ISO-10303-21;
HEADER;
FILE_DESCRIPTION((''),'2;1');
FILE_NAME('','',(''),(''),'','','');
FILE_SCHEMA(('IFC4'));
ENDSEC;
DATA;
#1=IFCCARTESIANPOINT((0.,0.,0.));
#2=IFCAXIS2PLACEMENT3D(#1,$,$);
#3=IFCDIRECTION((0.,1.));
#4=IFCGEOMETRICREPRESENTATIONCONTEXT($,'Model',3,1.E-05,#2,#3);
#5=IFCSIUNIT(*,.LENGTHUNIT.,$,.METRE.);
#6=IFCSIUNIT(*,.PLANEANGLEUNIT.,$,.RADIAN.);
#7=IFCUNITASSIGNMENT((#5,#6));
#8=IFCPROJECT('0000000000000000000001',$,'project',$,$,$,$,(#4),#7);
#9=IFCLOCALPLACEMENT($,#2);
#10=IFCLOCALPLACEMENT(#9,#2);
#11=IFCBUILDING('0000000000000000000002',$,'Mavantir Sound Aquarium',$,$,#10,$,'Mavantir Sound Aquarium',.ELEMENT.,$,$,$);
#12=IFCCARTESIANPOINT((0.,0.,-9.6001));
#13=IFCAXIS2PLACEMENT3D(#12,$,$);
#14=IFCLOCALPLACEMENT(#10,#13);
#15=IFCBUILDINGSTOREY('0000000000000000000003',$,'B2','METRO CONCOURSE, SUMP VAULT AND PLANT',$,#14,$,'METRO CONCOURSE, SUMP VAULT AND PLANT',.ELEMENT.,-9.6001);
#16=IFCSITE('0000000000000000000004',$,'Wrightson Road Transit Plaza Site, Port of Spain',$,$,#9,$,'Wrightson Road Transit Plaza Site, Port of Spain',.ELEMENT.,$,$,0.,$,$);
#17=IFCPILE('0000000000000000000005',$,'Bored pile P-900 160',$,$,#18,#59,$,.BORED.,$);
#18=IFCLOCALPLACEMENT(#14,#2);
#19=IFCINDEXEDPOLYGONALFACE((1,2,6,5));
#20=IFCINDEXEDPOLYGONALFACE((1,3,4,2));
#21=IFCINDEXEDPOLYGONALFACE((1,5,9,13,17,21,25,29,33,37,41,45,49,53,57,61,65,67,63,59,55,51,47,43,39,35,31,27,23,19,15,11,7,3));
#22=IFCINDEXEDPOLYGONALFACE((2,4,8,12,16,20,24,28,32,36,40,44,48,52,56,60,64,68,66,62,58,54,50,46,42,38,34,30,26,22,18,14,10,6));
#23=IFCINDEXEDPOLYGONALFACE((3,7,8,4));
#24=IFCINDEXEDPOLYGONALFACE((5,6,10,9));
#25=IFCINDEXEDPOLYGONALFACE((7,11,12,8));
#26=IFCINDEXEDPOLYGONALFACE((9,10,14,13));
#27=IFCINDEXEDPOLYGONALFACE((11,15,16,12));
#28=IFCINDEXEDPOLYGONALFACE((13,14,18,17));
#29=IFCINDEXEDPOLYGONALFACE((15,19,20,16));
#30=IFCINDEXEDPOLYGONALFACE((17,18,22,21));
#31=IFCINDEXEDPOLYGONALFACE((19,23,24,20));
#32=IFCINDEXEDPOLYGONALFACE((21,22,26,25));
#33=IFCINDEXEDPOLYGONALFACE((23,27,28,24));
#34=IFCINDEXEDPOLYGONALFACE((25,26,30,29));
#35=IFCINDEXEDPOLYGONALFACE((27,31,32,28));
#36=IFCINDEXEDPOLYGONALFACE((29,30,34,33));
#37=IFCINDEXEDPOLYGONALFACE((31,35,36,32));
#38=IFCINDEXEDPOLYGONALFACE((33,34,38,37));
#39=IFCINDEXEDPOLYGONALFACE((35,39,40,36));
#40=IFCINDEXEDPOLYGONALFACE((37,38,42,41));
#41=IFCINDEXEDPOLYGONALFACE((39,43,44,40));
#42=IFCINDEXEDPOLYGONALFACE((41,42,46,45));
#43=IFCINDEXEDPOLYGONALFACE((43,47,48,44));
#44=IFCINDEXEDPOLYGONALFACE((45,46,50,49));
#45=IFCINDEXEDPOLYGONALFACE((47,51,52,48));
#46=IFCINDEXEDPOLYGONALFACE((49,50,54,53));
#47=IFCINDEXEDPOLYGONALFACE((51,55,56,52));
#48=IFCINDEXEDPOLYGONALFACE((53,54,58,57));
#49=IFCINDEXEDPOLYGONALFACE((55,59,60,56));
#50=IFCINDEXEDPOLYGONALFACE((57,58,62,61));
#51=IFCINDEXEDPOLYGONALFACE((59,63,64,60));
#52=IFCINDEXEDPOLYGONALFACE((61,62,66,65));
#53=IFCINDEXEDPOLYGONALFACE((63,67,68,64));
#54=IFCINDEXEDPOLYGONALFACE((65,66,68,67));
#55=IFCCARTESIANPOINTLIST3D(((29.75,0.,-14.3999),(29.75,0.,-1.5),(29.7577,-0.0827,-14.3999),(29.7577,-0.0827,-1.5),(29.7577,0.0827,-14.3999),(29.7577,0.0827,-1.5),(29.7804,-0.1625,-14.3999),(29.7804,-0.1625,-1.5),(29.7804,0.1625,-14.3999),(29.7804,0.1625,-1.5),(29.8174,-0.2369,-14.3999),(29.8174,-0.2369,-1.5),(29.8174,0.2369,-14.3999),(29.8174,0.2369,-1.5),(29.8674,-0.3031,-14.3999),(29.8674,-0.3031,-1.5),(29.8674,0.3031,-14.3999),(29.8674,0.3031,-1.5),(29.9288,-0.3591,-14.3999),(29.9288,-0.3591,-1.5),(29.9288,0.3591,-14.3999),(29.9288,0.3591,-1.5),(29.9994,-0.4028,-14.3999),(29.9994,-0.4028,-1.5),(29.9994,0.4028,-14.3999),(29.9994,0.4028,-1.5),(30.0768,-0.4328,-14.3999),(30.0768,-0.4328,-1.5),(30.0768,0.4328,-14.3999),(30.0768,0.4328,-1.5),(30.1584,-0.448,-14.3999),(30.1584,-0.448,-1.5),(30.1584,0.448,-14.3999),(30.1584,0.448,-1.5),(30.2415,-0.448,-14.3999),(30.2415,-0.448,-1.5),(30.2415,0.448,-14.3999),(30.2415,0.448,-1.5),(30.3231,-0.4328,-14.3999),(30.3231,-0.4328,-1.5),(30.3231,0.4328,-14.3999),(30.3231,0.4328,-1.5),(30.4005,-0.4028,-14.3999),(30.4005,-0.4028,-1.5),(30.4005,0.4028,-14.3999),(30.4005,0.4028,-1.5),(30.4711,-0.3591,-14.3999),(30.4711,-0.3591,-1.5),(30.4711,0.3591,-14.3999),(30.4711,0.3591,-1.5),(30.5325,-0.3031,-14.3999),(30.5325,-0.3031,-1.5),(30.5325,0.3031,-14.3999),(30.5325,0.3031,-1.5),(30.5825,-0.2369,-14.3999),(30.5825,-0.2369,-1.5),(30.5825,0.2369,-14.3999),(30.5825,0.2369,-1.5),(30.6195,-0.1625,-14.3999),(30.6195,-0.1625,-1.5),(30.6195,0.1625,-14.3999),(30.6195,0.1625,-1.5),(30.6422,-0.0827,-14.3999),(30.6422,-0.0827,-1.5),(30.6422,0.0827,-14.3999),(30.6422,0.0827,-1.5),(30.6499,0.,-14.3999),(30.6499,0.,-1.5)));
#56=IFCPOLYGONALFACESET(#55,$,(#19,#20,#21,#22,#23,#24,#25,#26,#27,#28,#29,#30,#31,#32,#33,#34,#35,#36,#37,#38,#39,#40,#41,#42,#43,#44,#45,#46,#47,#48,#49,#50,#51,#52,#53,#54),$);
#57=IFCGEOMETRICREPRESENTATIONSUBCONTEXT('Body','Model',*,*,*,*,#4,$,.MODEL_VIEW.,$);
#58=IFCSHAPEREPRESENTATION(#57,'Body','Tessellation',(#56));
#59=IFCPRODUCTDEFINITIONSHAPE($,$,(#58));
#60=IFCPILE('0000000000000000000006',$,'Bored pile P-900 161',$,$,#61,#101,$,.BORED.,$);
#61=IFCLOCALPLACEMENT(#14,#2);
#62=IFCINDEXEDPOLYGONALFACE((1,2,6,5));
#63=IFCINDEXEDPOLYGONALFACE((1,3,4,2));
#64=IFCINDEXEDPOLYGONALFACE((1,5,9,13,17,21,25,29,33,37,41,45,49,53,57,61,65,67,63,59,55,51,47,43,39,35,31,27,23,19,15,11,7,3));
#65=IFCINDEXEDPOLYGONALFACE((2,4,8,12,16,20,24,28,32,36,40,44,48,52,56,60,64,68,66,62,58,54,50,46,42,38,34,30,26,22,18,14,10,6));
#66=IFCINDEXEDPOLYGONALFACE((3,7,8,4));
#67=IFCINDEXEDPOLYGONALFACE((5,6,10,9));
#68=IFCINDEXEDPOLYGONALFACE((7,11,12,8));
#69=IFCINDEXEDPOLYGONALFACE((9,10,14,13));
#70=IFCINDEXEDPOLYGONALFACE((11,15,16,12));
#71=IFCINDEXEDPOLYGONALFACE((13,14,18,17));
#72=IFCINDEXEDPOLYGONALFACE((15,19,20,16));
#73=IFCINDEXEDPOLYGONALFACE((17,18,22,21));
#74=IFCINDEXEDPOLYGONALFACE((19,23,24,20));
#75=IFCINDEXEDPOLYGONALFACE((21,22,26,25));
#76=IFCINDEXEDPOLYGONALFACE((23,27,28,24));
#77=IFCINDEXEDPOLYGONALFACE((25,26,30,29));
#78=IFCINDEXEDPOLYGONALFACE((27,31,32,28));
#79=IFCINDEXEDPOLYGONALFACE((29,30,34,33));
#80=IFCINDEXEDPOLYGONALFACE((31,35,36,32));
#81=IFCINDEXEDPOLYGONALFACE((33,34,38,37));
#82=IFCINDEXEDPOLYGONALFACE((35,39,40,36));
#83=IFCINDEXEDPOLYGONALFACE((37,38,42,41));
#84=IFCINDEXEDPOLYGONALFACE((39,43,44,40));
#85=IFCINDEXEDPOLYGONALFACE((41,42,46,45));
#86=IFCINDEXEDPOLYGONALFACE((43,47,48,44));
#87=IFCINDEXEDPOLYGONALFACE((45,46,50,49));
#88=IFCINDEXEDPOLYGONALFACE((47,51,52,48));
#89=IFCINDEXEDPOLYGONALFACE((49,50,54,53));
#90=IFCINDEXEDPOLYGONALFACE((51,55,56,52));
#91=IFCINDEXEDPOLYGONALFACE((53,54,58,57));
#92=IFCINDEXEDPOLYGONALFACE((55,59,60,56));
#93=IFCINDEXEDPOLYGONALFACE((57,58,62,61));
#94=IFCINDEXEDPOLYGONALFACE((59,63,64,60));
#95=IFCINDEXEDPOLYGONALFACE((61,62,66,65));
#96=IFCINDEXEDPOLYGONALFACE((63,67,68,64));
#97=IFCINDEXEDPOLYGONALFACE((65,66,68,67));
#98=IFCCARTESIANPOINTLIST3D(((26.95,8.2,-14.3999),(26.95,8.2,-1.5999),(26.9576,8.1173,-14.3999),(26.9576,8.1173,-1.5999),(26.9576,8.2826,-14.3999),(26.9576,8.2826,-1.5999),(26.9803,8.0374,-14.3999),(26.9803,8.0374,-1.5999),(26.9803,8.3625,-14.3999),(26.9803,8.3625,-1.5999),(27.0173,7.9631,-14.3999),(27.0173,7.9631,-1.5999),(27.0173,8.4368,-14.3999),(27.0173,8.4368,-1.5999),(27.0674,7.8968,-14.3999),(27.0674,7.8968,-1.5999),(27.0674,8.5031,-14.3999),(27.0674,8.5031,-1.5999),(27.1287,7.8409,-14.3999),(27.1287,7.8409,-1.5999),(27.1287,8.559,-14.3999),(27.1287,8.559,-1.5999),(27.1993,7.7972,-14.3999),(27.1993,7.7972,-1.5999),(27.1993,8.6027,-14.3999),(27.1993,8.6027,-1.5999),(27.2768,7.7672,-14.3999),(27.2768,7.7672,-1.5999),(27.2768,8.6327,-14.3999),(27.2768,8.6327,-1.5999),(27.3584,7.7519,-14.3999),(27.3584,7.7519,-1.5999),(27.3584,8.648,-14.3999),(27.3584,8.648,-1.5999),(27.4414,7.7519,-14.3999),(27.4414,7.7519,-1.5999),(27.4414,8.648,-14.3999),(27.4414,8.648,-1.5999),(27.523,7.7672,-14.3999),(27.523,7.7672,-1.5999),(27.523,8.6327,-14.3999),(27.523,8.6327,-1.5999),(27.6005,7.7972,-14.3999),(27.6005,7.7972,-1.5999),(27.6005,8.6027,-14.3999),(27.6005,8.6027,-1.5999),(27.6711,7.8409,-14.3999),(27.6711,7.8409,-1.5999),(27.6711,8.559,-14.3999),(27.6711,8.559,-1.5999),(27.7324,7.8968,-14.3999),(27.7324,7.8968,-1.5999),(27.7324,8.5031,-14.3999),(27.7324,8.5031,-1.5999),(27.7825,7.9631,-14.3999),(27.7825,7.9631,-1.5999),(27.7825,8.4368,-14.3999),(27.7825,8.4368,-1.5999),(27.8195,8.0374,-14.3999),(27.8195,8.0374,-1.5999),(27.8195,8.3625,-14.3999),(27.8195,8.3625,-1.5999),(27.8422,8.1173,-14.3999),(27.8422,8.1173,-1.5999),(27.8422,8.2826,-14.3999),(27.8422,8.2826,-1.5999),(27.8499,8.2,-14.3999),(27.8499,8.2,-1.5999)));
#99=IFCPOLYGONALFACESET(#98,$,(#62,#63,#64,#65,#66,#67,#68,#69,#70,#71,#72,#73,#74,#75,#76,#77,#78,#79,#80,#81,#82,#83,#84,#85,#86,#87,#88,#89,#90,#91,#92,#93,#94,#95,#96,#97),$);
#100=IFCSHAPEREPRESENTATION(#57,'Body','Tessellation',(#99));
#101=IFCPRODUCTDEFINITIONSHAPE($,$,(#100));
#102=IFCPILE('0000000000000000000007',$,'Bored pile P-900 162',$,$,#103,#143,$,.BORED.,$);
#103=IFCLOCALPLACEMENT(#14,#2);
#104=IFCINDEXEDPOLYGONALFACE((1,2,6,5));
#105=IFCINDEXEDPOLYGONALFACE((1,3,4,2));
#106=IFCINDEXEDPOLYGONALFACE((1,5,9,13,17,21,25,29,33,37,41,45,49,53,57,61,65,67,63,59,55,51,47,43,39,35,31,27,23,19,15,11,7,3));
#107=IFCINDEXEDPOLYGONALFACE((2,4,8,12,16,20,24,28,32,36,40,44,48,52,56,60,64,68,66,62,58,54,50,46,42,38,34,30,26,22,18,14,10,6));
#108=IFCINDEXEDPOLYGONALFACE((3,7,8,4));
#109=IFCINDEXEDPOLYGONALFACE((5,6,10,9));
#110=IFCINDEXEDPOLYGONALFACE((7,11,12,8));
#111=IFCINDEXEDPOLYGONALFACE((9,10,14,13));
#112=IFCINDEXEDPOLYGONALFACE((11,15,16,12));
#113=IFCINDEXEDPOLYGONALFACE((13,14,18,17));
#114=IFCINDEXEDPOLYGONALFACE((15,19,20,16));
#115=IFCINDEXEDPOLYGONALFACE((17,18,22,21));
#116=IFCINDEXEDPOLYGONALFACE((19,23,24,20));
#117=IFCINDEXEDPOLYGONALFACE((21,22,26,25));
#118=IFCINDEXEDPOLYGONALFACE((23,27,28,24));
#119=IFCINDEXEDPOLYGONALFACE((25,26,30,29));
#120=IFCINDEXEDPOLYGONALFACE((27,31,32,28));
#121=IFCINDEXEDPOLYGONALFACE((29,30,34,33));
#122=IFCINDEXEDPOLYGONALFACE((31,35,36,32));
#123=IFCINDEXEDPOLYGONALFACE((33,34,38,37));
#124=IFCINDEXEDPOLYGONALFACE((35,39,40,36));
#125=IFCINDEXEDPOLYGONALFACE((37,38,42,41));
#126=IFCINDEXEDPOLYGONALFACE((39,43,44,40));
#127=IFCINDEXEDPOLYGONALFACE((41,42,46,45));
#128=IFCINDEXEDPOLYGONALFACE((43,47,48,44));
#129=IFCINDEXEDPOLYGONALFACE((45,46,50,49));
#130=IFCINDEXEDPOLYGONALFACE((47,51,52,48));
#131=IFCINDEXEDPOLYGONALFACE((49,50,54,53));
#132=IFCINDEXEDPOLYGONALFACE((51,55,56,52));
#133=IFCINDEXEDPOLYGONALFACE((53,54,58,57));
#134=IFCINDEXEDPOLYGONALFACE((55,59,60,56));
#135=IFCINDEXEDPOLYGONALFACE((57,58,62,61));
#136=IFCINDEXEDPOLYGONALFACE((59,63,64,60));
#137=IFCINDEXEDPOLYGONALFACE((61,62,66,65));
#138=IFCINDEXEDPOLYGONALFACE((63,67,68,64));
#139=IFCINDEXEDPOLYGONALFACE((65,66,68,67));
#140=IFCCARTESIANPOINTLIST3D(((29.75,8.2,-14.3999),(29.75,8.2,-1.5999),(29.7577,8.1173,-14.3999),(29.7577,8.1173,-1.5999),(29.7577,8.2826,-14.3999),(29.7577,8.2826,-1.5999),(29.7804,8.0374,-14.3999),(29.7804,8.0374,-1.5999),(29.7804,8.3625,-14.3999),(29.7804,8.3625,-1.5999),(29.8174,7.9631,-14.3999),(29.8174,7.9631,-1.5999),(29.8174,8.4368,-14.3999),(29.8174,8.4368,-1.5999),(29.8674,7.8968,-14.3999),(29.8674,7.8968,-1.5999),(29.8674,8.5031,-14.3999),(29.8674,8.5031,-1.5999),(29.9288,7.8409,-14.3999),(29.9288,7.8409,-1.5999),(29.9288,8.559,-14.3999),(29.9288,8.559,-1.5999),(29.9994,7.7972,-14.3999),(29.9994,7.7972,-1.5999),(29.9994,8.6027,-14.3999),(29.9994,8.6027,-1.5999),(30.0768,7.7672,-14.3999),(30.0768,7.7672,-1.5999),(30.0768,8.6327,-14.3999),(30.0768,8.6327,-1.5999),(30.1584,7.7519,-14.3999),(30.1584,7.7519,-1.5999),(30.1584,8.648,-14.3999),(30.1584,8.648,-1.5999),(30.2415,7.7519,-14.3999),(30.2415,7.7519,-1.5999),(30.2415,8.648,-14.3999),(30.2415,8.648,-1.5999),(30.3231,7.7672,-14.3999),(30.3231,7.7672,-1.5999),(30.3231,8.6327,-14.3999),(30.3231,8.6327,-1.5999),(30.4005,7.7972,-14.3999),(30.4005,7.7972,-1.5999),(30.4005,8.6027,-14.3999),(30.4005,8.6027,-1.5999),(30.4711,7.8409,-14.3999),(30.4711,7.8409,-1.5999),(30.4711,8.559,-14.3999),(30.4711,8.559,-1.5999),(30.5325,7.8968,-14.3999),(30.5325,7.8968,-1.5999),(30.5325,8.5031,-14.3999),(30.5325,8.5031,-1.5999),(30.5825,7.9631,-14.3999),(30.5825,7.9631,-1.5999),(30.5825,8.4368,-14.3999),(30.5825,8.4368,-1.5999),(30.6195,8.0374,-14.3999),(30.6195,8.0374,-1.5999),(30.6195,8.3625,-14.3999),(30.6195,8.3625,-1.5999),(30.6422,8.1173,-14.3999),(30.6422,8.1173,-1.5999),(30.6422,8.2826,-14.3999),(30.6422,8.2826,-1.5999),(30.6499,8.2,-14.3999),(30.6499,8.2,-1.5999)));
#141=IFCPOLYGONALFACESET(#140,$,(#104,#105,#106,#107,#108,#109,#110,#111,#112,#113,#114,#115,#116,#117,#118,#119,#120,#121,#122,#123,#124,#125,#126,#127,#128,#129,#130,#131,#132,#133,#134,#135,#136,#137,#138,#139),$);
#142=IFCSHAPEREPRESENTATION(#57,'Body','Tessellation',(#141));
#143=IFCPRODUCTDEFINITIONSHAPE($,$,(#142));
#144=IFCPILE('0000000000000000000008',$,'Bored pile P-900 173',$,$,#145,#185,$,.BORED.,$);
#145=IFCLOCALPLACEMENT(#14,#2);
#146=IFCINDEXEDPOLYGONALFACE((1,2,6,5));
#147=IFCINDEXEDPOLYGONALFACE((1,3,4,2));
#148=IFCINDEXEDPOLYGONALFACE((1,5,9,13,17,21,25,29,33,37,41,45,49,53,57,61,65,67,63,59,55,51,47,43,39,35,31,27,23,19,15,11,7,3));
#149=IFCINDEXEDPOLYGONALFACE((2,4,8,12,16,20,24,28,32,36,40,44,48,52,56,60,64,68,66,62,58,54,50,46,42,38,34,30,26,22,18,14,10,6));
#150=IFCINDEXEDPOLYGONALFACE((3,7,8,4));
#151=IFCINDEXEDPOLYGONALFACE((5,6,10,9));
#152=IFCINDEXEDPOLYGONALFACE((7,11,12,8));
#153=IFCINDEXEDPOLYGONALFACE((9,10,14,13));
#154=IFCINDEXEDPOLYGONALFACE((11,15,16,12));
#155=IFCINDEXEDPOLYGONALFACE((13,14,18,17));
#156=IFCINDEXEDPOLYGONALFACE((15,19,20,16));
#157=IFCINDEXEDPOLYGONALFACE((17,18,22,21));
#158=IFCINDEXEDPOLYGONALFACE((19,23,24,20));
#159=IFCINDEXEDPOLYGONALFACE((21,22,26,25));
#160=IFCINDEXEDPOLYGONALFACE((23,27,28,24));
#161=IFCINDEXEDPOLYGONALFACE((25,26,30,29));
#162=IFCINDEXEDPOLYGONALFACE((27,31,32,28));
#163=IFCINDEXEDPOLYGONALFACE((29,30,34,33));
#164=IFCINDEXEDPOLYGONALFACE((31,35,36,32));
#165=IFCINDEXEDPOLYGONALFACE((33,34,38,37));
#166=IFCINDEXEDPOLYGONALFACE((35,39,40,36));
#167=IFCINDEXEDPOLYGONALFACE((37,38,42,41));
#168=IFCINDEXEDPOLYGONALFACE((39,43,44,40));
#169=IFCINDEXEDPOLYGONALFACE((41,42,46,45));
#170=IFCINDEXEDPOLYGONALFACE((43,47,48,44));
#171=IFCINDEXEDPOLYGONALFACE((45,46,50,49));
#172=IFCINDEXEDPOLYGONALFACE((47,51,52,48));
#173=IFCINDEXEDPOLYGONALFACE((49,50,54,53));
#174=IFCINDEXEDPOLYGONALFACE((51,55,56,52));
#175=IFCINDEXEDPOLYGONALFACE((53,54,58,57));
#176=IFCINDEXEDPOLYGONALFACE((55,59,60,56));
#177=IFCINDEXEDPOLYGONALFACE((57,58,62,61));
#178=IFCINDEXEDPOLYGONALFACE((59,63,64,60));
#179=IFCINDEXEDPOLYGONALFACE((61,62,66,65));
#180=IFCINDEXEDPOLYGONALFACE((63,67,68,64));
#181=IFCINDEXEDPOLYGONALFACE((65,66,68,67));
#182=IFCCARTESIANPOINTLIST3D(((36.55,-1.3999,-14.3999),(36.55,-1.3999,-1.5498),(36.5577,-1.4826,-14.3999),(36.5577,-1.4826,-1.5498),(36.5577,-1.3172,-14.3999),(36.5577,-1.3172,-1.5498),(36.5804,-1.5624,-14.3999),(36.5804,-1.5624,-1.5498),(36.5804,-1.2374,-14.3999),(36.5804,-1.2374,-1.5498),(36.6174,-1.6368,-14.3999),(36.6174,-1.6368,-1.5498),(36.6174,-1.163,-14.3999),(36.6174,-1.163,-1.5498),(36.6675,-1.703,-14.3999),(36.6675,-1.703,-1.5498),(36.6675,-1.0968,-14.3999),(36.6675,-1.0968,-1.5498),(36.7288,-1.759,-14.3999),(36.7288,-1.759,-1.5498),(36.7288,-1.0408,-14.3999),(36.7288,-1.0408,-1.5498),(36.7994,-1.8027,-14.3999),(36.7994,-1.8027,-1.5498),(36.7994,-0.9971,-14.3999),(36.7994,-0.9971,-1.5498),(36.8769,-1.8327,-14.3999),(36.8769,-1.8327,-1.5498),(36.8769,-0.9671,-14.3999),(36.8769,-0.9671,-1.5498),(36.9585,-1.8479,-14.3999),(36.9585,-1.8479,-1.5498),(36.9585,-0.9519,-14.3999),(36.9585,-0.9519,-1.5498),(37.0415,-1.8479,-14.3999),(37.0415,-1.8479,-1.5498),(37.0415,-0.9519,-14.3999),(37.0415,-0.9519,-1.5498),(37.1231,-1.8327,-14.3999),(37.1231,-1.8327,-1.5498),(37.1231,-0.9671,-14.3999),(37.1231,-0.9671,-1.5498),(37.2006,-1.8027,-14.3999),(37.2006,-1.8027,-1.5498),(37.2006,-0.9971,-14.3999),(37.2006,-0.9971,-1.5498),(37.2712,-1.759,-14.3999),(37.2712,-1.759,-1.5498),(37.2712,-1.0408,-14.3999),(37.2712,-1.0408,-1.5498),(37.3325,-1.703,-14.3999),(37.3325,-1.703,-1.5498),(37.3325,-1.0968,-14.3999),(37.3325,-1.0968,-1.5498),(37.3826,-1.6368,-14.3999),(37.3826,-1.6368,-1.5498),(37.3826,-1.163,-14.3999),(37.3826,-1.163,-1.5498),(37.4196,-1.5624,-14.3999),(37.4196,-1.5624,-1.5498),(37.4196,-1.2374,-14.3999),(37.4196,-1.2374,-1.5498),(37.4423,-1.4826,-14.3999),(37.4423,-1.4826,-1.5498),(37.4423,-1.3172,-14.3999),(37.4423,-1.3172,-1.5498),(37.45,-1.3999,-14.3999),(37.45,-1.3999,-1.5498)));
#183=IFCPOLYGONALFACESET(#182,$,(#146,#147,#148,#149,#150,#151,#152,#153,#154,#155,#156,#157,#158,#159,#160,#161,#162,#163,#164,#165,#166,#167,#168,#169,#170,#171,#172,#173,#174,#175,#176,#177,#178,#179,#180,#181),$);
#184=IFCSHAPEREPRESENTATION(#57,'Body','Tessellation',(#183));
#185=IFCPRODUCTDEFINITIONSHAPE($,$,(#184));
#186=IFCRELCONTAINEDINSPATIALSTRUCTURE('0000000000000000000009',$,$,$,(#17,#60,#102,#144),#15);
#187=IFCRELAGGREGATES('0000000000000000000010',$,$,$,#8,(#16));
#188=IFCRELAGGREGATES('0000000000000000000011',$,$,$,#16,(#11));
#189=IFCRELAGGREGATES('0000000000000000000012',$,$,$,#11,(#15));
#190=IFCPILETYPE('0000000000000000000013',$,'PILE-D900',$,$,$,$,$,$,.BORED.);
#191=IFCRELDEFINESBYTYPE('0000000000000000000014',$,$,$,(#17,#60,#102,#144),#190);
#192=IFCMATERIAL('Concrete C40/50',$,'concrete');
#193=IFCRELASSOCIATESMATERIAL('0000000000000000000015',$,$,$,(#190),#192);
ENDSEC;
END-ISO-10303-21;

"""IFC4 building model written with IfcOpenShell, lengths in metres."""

from ifc_helpers import new_model, si_unit, direction, frame, origin, origin_2d, place, context, subcontext, project, spatial, circle, extrude, material, material_profile, profile_set, type_object, element, save


model = new_model("IFC4")

# Units and contexts
model_context = context("Model", 3, precision=1e-05, world=origin(), true_north=direction((0.0, 1.0)))
body_context = subcontext(model_context, "Body", "Model", "MODEL_VIEW")
ifc_project = project(units=[si_unit("LENGTHUNIT", "METRE"), si_unit("PLANEANGLEUNIT", "RADIAN")], contexts=[model_context])

# Site, building, storey
site_placement = place(None, origin())
site = spatial("IfcSite", under=ifc_project, at=site_placement, Name="Wrightson Road Transit Plaza Site, Port of Spain", LongName="Wrightson Road Transit Plaza Site, Port of Spain", CompositionType="ELEMENT", RefElevation=0.0)
building_placement = place(site_placement, origin())
building = spatial("IfcBuilding", under=site, at=building_placement, Name="Mavantir Sound Aquarium", LongName="Mavantir Sound Aquarium", CompositionType="ELEMENT")
storey_placement = place(building_placement, frame((0.0, 0.0, -9.6001)))
storey = spatial("IfcBuildingStorey", under=building, at=storey_placement, Name="B2", Description="METRO CONCOURSE, SUMP VAULT AND PLANT", LongName="METRO CONCOURSE, SUMP VAULT AND PLANT", CompositionType="ELEMENT", Elevation=-9.6001)

# Shared definitions
ifc_material_1 = material(Name="Concrete C40/50", Category="concrete")

# Piles
ifc_material_profile_1 = material_profile(ifc_material_1, circle(Radius=0.45, at=origin_2d()), Name="PILE D900")
ifc_profile_set_1 = profile_set([ifc_material_profile_1], Name="Concrete C40/50")
pile_type = type_object("IfcPileType", Name="PILE-D900", PredefinedType="BORED", material=ifc_profile_set_1)
for number, where, z_axis, x_axis, name in (
    (1, (30.2, 0.0, -1.5), (0.0, 0.0, -1.0), (1.0, 0.0, 0.0), "Bored pile P-900 160"),
):
    element("IfcPile", number, at=place(storey_placement, frame(where, z_axis=z_axis, x_axis=x_axis)), inside=storey, type_object=pile_type, Name=name, PredefinedType="BORED", context=body_context, shape_type="SweptSolid", body=[
        extrude(circle(Radius=0.45, at=origin_2d()), origin(), (0.0, 0.0, 1.0), 12.8999),
    ])
for number, where, z_axis, x_axis, name in (
    (2, (27.3999, 8.2, -1.5999), (0.0, 0.0, -1.0), (1.0, 0.0, 0.0), "Bored pile P-900 161"),
    (3, (30.2, 8.2, -1.5999), (0.0, 0.0, -1.0), (1.0, 0.0, 0.0), "Bored pile P-900 162"),
):
    element("IfcPile", number, at=place(storey_placement, frame(where, z_axis=z_axis, x_axis=x_axis)), inside=storey, type_object=pile_type, Name=name, PredefinedType="BORED", context=body_context, shape_type="SweptSolid", body=[
        extrude(circle(Radius=0.45, at=origin_2d()), origin(), (0.0, 0.0, 1.0), 12.8),
    ])
for number, where, z_axis, x_axis, name in (
    (4, (37.0, -1.3999, -1.5498), (0.0, 0.0, -1.0), (1.0, 0.0, 0.0), "Bored pile P-900 173"),
):
    element("IfcPile", number, at=place(storey_placement, frame(where, z_axis=z_axis, x_axis=x_axis)), inside=storey, type_object=pile_type, Name=name, PredefinedType="BORED", context=body_context, shape_type="SweptSolid", body=[
        extrude(circle(Radius=0.45, at=origin_2d()), origin(), (0.0, 0.0, 1.0), 12.8501),
    ])

save(model, "model.ifc")
